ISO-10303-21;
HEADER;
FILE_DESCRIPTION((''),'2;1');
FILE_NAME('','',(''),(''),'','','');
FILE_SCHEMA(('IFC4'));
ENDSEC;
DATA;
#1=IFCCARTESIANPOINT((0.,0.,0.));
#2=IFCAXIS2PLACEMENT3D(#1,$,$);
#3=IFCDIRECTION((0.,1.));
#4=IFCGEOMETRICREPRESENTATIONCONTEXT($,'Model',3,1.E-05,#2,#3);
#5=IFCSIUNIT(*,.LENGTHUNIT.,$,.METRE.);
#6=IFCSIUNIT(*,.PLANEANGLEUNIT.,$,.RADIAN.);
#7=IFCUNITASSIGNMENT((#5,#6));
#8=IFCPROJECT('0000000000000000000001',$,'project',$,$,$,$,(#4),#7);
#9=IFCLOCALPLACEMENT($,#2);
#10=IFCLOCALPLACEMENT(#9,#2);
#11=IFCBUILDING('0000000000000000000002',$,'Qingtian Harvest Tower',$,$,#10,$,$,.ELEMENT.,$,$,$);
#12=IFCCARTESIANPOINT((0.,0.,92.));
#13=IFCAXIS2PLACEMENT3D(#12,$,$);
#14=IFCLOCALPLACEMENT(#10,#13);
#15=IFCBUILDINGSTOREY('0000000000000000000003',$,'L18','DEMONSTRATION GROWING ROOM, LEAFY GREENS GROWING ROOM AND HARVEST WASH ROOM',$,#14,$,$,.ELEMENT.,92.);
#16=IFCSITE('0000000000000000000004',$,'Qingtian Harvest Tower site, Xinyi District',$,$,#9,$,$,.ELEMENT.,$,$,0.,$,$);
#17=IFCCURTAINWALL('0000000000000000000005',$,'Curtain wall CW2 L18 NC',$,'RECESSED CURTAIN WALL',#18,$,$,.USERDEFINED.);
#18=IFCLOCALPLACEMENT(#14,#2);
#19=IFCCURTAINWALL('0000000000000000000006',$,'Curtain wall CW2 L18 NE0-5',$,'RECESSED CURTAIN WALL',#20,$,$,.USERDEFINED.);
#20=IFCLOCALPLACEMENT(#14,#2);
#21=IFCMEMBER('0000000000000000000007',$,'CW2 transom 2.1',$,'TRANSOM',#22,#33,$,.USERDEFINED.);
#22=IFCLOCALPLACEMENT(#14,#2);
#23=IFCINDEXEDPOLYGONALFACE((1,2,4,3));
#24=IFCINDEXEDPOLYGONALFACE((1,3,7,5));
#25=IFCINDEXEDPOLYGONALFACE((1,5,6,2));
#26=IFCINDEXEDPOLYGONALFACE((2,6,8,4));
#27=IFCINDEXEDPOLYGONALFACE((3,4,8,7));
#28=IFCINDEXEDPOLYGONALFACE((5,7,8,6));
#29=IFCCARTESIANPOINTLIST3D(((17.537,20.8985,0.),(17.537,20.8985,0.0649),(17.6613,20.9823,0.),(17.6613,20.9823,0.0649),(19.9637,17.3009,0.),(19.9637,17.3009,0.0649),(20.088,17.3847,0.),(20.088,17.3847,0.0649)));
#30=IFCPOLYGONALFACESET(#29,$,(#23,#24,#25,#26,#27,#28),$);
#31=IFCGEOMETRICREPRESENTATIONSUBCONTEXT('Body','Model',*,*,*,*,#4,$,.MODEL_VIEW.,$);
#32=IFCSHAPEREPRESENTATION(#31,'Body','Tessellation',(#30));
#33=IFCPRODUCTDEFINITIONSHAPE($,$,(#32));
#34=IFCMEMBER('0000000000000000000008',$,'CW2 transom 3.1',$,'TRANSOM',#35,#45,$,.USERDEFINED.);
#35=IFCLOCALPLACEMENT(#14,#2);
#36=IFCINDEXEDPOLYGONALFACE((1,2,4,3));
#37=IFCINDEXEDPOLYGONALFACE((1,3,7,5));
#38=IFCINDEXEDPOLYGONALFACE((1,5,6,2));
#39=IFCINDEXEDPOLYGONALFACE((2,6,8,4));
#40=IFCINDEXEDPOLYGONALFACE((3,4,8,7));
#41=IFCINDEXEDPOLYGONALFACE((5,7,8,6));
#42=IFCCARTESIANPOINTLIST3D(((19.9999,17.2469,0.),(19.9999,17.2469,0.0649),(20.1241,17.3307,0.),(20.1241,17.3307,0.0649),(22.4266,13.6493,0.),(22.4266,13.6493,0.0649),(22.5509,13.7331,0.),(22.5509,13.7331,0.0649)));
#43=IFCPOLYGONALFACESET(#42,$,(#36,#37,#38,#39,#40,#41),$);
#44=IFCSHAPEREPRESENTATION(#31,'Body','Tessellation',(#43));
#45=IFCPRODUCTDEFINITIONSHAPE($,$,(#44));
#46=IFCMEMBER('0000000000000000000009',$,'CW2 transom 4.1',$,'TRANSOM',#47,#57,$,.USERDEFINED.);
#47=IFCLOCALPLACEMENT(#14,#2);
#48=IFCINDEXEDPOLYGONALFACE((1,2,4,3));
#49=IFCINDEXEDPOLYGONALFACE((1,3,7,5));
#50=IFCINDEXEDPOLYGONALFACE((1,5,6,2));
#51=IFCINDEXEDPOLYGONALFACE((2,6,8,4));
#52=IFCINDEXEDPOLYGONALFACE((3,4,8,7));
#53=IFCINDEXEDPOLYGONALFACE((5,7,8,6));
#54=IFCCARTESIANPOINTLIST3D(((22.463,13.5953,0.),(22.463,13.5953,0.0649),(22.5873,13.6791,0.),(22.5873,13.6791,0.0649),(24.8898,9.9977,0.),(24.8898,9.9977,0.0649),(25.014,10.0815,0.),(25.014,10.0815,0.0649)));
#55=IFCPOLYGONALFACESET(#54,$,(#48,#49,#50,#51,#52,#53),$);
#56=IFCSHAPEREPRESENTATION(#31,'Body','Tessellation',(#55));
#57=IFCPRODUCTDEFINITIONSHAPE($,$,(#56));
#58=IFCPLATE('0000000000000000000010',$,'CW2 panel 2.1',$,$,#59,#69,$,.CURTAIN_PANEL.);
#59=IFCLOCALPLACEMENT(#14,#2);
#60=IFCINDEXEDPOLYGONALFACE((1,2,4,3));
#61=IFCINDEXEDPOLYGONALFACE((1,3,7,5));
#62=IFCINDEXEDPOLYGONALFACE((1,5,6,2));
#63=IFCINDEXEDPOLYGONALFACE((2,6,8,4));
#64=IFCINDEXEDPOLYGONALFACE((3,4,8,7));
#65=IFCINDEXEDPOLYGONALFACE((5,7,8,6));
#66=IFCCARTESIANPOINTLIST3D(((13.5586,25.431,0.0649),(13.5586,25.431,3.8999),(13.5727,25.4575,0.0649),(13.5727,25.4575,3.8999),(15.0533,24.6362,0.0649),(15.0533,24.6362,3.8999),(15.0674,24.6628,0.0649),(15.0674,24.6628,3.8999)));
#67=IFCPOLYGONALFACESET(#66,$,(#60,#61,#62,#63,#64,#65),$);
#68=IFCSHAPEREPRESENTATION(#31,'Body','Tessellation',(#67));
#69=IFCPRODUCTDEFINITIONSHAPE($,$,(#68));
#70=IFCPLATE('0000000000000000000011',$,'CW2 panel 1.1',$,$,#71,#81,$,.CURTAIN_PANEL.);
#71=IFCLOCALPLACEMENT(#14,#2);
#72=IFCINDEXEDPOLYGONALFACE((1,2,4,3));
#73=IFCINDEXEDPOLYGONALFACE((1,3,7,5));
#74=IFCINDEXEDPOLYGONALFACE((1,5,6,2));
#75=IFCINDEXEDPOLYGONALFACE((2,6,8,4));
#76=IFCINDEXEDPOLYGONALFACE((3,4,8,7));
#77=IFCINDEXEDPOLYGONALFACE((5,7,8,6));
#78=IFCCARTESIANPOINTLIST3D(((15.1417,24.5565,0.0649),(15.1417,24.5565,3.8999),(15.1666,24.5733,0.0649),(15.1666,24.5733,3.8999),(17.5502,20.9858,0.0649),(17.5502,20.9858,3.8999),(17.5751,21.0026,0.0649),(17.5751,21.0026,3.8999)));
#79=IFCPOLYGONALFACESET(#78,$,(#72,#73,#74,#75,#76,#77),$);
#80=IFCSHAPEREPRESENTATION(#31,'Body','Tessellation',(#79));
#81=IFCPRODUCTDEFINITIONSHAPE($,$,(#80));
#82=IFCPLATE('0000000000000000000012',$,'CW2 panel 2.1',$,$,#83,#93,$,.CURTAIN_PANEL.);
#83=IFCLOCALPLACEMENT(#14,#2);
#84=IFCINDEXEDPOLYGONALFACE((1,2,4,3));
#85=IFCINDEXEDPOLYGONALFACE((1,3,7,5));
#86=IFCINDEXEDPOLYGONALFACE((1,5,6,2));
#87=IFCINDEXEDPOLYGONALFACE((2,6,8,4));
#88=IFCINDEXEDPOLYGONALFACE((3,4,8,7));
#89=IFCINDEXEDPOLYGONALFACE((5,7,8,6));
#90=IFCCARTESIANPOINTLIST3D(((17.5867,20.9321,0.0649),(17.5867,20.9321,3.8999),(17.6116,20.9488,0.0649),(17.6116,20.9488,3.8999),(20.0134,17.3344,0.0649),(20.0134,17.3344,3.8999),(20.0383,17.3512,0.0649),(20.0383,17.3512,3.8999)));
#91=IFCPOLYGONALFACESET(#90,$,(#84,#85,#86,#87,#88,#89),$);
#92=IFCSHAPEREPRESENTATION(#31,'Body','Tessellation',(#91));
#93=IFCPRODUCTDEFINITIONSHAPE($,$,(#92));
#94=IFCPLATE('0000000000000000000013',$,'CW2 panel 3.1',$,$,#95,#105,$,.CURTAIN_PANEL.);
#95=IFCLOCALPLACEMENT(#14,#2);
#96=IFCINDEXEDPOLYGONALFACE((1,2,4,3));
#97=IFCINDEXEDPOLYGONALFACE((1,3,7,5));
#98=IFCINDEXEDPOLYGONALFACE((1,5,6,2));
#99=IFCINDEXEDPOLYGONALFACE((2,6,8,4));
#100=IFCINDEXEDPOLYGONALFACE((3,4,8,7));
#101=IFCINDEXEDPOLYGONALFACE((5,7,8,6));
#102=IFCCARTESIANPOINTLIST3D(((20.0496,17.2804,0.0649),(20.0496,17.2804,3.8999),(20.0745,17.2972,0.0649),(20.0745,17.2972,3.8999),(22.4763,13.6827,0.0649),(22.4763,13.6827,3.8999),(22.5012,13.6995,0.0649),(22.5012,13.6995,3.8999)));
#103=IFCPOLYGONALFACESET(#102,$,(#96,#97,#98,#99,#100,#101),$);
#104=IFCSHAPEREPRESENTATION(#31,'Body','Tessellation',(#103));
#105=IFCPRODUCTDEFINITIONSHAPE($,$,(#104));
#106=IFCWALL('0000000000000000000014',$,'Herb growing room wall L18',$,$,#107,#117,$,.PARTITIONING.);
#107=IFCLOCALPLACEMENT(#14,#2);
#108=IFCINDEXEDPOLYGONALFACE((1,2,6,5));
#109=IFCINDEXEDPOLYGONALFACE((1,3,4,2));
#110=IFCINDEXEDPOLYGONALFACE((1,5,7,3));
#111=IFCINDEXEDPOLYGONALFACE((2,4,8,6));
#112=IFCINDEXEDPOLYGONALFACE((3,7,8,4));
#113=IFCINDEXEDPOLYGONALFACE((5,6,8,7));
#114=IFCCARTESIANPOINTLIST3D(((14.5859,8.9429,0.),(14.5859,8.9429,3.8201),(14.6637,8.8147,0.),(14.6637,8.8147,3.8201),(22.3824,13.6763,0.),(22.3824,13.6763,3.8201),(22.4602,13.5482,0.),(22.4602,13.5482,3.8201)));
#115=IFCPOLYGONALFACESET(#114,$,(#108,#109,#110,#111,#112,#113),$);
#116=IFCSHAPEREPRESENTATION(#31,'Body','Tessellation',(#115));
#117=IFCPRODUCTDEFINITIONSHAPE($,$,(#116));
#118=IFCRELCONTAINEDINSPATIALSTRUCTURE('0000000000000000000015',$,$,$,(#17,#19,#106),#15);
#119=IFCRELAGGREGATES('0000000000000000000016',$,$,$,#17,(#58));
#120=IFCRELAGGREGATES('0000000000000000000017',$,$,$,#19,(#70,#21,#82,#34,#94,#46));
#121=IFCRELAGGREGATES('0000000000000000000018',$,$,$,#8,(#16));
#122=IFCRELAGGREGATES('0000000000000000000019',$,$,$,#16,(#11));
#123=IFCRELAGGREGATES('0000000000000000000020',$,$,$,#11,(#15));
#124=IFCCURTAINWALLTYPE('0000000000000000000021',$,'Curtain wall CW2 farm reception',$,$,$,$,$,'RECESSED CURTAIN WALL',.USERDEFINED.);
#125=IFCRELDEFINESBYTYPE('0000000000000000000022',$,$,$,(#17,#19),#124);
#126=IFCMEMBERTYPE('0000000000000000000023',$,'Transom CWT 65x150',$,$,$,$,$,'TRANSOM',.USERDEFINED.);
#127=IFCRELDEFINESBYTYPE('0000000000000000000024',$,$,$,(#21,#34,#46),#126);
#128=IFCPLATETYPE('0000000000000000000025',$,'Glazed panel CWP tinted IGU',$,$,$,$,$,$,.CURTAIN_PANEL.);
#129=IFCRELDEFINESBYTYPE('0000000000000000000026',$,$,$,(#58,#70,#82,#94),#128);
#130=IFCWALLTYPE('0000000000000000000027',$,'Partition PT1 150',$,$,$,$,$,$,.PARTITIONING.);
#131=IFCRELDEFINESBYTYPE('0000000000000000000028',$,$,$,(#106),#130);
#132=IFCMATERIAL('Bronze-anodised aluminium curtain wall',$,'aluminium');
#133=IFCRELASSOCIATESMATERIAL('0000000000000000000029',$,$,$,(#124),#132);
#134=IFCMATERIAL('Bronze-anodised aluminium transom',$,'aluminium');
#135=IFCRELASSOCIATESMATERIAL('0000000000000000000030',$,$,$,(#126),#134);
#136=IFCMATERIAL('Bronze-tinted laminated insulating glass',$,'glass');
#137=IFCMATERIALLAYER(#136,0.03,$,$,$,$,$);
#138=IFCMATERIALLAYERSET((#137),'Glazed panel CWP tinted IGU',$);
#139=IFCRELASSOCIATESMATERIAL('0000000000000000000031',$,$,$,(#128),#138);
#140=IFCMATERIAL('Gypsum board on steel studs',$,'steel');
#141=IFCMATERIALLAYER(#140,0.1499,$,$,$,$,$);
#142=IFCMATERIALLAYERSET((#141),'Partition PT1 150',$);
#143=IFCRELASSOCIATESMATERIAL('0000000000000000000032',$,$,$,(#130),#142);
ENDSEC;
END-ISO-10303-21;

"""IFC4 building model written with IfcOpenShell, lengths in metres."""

from ifc_helpers import new_model, si_unit, direction, frame, frame_2d, origin, origin_2d, place, context, subcontext, project, spatial, rectangle, extrude, material, layer, layer_set, material_profile, profile_set, type_object, element, aggregate, save


model = new_model("IFC4")

# Units and contexts
model_context = context("Model", 3, precision=1e-05, world=origin(), true_north=direction((0.0, 1.0)))
body_context = subcontext(model_context, "Body", "Model", "MODEL_VIEW")
ifc_project = project(units=[si_unit("LENGTHUNIT", "METRE"), si_unit("PLANEANGLEUNIT", "RADIAN")], contexts=[model_context])

# Site, building, storey
site_placement = place(None, origin())
site = spatial("IfcSite", under=ifc_project, at=site_placement, Name="Qingtian Harvest Tower site, Xinyi District", CompositionType="ELEMENT", RefElevation=0.0)
building_placement = place(site_placement, origin())
building = spatial("IfcBuilding", under=site, at=building_placement, Name="Qingtian Harvest Tower", CompositionType="ELEMENT")
storey_placement = place(building_placement, frame((0.0, 0.0, 92.0)))
storey = spatial("IfcBuildingStorey", under=building, at=storey_placement, Name="L18", Description="DEMONSTRATION GROWING ROOM, LEAFY GREENS GROWING ROOM AND HARVEST WASH ROOM", CompositionType="ELEMENT", Elevation=92.0)

# Curtain wall
ifc_material_1 = material(Name="Bronze-anodised aluminium curtain wall", Category="aluminium")
curtain_wall_type = type_object("IfcCurtainWallType", Name="Curtain wall CW2 farm reception", ElementType="RECESSED CURTAIN WALL", PredefinedType="USERDEFINED", material=ifc_material_1)
curtain_wall_1_placement = place(storey_placement, origin())
curtain_wall_1 = element("IfcCurtainWall", 1, at=curtain_wall_1_placement, inside=storey, type_object=curtain_wall_type, Name="Curtain wall CW2 L18 NC", ObjectType="RECESSED CURTAIN WALL", PredefinedType="USERDEFINED")

# Curtain wall
curtain_wall_2_placement = place(storey_placement, origin())
curtain_wall_2 = element("IfcCurtainWall", 2, at=curtain_wall_2_placement, inside=storey, type_object=curtain_wall_type, Name="Curtain wall CW2 L18 NE0-5", ObjectType="RECESSED CURTAIN WALL", PredefinedType="USERDEFINED")

# Members
ifc_material_2 = material(Name="Bronze-anodised aluminium transom", Category="aluminium")
ifc_material_profile_1 = material_profile(ifc_material_2, rectangle(XDim=0.1499, YDim=0.0649, at=origin_2d()), Name="AL 65x150")
ifc_profile_set_1 = profile_set([ifc_material_profile_1], Name="Bronze-anodised aluminium transom")
member_type_1 = type_object("IfcMemberType", Name="Transom CWT 65x150", ElementType="TRANSOM", PredefinedType="USERDEFINED", material=ifc_profile_set_1)
member_1_placement = place(storey_placement, frame((17.5991, 20.9404, 0.0325), z_axis=(0.55921, -0.829026, 0.0), x_axis=(0.829026, 0.55921, 0.0)))
member_1 = element("IfcMember", 3, at=member_1_placement, type_object=member_type_1, Name="CW2 transom 2.1", ObjectType="TRANSOM", PredefinedType="USERDEFINED", context=body_context, shape_type="SweptSolid", body=[
    extrude(rectangle(XDim=0.1499, YDim=0.0649, at=origin_2d()), origin(), (0.0, 0.0, 1.0), 4.3396),
])
member_2_placement = place(storey_placement, frame((20.062, 17.2888, 0.0325), z_axis=(0.55921, -0.829026, 0.0), x_axis=(0.829026, 0.55921, 0.0)))
member_2 = element("IfcMember", 4, at=member_2_placement, type_object=member_type_1, Name="CW2 transom 3.1", ObjectType="TRANSOM", PredefinedType="USERDEFINED", context=body_context, shape_type="SweptSolid", body=[
    extrude(rectangle(XDim=0.1499, YDim=0.0649, at=origin_2d()), origin(), (0.0, 0.0, 1.0), 4.3396),
])
member_3_placement = place(storey_placement, frame((22.5251, 13.6372, 0.0325), z_axis=(0.55921, -0.829026, 0.0), x_axis=(0.829026, 0.55921, 0.0)))
member_3 = element("IfcMember", 5, at=member_3_placement, type_object=member_type_1, Name="CW2 transom 4.1", ObjectType="TRANSOM", PredefinedType="USERDEFINED", context=body_context, shape_type="SweptSolid", body=[
    extrude(rectangle(XDim=0.1499, YDim=0.0649, at=origin_2d()), origin(), (0.0, 0.0, 1.0), 4.3396),
])

# Plates
ifc_material_3 = material(Name="Bronze-tinted laminated insulating glass", Category="glass")
ifc_layer_1 = layer(ifc_material_3, 0.03)
ifc_layer_set_1 = layer_set([ifc_layer_1], Name="Glazed panel CWP tinted IGU")
plate_type = type_object("IfcPlateType", Name="Glazed panel CWP tinted IGU", PredefinedType="CURTAIN_PANEL", material=ifc_layer_set_1)
plate_1_placement = place(storey_placement, frame((14.313, 25.0469, 0.0649), z_axis=(0.0, 0.0, 1.0), x_axis=(0.882948, -0.469472, 0.0)))
plate_1 = element("IfcPlate", 6, at=plate_1_placement, type_object=plate_type, Name="CW2 panel 2.1", PredefinedType="CURTAIN_PANEL", context=body_context, shape_type="SweptSolid", body=[
    extrude(rectangle(XDim=1.6929, YDim=0.03, at=origin_2d()), origin(), (0.0, 0.0, 1.0), 3.835),
])
aggregate(curtain_wall_1, [plate_1])
plate_2_placement = place(storey_placement, frame((16.3584, 22.7795, 0.0649), z_axis=(0.0, 0.0, 1.0), x_axis=(0.559193, -0.829038, 0.0)))
plate_2 = element("IfcPlate", 7, at=plate_2_placement, type_object=plate_type, Name="CW2 panel 1.1", PredefinedType="CURTAIN_PANEL", context=body_context, shape_type="SweptSolid", body=[
    extrude(rectangle(XDim=4.3071, YDim=0.03, at=origin_2d()), origin(), (0.0, 0.0, 1.0), 3.835),
])
plate_3_placement = place(storey_placement, frame((18.8125, 19.1416, 0.0649), z_axis=(0.0, 0.0, 1.0), x_axis=(0.559193, -0.829038, 0.0)))
plate_3 = element("IfcPlate", 8, at=plate_3_placement, type_object=plate_type, Name="CW2 panel 2.1", PredefinedType="CURTAIN_PANEL", context=body_context, shape_type="SweptSolid", body=[
    extrude(rectangle(XDim=4.3396, YDim=0.03, at=origin_2d()), origin(), (0.0, 0.0, 1.0), 3.835),
])
plate_4_placement = place(storey_placement, frame((21.2754, 15.49, 0.0649), z_axis=(0.0, 0.0, 1.0), x_axis=(0.559193, -0.829038, 0.0)))
plate_4 = element("IfcPlate", 9, at=plate_4_placement, type_object=plate_type, Name="CW2 panel 3.1", PredefinedType="CURTAIN_PANEL", context=body_context, shape_type="SweptSolid", body=[
    extrude(rectangle(XDim=4.3396, YDim=0.03, at=origin_2d()), origin(), (0.0, 0.0, 1.0), 3.835),
])
aggregate(curtain_wall_2, [plate_2, member_1, plate_3, member_2, plate_4, member_3])

# Wall
ifc_material_4 = material(Name="Gypsum board on steel studs", Category="steel")
ifc_layer_2 = layer(ifc_material_4, 0.1499)
ifc_layer_set_2 = layer_set([ifc_layer_2], Name="Partition PT1 150")
wall_type = type_object("IfcWallType", Name="Partition PT1 150", PredefinedType="PARTITIONING", material=ifc_layer_set_2)
wall_placement = place(storey_placement, frame((22.4214, 13.6123, 0.0), z_axis=(0.0, 0.0, 1.0), x_axis=(-0.854793, -0.518968, 0.0)))
element("IfcWall", 10, at=wall_placement, inside=storey, type_object=wall_type, Name="Herb growing room wall L18", PredefinedType="PARTITIONING", context=body_context, shape_type="SweptSolid", body=[
    extrude(rectangle(XDim=9.1208, YDim=0.1499, at=frame_2d((4.5605, 0.0))), origin(), (0.0, 0.0, 1.0), 3.8201),
])

save(model, "model.ifc")
